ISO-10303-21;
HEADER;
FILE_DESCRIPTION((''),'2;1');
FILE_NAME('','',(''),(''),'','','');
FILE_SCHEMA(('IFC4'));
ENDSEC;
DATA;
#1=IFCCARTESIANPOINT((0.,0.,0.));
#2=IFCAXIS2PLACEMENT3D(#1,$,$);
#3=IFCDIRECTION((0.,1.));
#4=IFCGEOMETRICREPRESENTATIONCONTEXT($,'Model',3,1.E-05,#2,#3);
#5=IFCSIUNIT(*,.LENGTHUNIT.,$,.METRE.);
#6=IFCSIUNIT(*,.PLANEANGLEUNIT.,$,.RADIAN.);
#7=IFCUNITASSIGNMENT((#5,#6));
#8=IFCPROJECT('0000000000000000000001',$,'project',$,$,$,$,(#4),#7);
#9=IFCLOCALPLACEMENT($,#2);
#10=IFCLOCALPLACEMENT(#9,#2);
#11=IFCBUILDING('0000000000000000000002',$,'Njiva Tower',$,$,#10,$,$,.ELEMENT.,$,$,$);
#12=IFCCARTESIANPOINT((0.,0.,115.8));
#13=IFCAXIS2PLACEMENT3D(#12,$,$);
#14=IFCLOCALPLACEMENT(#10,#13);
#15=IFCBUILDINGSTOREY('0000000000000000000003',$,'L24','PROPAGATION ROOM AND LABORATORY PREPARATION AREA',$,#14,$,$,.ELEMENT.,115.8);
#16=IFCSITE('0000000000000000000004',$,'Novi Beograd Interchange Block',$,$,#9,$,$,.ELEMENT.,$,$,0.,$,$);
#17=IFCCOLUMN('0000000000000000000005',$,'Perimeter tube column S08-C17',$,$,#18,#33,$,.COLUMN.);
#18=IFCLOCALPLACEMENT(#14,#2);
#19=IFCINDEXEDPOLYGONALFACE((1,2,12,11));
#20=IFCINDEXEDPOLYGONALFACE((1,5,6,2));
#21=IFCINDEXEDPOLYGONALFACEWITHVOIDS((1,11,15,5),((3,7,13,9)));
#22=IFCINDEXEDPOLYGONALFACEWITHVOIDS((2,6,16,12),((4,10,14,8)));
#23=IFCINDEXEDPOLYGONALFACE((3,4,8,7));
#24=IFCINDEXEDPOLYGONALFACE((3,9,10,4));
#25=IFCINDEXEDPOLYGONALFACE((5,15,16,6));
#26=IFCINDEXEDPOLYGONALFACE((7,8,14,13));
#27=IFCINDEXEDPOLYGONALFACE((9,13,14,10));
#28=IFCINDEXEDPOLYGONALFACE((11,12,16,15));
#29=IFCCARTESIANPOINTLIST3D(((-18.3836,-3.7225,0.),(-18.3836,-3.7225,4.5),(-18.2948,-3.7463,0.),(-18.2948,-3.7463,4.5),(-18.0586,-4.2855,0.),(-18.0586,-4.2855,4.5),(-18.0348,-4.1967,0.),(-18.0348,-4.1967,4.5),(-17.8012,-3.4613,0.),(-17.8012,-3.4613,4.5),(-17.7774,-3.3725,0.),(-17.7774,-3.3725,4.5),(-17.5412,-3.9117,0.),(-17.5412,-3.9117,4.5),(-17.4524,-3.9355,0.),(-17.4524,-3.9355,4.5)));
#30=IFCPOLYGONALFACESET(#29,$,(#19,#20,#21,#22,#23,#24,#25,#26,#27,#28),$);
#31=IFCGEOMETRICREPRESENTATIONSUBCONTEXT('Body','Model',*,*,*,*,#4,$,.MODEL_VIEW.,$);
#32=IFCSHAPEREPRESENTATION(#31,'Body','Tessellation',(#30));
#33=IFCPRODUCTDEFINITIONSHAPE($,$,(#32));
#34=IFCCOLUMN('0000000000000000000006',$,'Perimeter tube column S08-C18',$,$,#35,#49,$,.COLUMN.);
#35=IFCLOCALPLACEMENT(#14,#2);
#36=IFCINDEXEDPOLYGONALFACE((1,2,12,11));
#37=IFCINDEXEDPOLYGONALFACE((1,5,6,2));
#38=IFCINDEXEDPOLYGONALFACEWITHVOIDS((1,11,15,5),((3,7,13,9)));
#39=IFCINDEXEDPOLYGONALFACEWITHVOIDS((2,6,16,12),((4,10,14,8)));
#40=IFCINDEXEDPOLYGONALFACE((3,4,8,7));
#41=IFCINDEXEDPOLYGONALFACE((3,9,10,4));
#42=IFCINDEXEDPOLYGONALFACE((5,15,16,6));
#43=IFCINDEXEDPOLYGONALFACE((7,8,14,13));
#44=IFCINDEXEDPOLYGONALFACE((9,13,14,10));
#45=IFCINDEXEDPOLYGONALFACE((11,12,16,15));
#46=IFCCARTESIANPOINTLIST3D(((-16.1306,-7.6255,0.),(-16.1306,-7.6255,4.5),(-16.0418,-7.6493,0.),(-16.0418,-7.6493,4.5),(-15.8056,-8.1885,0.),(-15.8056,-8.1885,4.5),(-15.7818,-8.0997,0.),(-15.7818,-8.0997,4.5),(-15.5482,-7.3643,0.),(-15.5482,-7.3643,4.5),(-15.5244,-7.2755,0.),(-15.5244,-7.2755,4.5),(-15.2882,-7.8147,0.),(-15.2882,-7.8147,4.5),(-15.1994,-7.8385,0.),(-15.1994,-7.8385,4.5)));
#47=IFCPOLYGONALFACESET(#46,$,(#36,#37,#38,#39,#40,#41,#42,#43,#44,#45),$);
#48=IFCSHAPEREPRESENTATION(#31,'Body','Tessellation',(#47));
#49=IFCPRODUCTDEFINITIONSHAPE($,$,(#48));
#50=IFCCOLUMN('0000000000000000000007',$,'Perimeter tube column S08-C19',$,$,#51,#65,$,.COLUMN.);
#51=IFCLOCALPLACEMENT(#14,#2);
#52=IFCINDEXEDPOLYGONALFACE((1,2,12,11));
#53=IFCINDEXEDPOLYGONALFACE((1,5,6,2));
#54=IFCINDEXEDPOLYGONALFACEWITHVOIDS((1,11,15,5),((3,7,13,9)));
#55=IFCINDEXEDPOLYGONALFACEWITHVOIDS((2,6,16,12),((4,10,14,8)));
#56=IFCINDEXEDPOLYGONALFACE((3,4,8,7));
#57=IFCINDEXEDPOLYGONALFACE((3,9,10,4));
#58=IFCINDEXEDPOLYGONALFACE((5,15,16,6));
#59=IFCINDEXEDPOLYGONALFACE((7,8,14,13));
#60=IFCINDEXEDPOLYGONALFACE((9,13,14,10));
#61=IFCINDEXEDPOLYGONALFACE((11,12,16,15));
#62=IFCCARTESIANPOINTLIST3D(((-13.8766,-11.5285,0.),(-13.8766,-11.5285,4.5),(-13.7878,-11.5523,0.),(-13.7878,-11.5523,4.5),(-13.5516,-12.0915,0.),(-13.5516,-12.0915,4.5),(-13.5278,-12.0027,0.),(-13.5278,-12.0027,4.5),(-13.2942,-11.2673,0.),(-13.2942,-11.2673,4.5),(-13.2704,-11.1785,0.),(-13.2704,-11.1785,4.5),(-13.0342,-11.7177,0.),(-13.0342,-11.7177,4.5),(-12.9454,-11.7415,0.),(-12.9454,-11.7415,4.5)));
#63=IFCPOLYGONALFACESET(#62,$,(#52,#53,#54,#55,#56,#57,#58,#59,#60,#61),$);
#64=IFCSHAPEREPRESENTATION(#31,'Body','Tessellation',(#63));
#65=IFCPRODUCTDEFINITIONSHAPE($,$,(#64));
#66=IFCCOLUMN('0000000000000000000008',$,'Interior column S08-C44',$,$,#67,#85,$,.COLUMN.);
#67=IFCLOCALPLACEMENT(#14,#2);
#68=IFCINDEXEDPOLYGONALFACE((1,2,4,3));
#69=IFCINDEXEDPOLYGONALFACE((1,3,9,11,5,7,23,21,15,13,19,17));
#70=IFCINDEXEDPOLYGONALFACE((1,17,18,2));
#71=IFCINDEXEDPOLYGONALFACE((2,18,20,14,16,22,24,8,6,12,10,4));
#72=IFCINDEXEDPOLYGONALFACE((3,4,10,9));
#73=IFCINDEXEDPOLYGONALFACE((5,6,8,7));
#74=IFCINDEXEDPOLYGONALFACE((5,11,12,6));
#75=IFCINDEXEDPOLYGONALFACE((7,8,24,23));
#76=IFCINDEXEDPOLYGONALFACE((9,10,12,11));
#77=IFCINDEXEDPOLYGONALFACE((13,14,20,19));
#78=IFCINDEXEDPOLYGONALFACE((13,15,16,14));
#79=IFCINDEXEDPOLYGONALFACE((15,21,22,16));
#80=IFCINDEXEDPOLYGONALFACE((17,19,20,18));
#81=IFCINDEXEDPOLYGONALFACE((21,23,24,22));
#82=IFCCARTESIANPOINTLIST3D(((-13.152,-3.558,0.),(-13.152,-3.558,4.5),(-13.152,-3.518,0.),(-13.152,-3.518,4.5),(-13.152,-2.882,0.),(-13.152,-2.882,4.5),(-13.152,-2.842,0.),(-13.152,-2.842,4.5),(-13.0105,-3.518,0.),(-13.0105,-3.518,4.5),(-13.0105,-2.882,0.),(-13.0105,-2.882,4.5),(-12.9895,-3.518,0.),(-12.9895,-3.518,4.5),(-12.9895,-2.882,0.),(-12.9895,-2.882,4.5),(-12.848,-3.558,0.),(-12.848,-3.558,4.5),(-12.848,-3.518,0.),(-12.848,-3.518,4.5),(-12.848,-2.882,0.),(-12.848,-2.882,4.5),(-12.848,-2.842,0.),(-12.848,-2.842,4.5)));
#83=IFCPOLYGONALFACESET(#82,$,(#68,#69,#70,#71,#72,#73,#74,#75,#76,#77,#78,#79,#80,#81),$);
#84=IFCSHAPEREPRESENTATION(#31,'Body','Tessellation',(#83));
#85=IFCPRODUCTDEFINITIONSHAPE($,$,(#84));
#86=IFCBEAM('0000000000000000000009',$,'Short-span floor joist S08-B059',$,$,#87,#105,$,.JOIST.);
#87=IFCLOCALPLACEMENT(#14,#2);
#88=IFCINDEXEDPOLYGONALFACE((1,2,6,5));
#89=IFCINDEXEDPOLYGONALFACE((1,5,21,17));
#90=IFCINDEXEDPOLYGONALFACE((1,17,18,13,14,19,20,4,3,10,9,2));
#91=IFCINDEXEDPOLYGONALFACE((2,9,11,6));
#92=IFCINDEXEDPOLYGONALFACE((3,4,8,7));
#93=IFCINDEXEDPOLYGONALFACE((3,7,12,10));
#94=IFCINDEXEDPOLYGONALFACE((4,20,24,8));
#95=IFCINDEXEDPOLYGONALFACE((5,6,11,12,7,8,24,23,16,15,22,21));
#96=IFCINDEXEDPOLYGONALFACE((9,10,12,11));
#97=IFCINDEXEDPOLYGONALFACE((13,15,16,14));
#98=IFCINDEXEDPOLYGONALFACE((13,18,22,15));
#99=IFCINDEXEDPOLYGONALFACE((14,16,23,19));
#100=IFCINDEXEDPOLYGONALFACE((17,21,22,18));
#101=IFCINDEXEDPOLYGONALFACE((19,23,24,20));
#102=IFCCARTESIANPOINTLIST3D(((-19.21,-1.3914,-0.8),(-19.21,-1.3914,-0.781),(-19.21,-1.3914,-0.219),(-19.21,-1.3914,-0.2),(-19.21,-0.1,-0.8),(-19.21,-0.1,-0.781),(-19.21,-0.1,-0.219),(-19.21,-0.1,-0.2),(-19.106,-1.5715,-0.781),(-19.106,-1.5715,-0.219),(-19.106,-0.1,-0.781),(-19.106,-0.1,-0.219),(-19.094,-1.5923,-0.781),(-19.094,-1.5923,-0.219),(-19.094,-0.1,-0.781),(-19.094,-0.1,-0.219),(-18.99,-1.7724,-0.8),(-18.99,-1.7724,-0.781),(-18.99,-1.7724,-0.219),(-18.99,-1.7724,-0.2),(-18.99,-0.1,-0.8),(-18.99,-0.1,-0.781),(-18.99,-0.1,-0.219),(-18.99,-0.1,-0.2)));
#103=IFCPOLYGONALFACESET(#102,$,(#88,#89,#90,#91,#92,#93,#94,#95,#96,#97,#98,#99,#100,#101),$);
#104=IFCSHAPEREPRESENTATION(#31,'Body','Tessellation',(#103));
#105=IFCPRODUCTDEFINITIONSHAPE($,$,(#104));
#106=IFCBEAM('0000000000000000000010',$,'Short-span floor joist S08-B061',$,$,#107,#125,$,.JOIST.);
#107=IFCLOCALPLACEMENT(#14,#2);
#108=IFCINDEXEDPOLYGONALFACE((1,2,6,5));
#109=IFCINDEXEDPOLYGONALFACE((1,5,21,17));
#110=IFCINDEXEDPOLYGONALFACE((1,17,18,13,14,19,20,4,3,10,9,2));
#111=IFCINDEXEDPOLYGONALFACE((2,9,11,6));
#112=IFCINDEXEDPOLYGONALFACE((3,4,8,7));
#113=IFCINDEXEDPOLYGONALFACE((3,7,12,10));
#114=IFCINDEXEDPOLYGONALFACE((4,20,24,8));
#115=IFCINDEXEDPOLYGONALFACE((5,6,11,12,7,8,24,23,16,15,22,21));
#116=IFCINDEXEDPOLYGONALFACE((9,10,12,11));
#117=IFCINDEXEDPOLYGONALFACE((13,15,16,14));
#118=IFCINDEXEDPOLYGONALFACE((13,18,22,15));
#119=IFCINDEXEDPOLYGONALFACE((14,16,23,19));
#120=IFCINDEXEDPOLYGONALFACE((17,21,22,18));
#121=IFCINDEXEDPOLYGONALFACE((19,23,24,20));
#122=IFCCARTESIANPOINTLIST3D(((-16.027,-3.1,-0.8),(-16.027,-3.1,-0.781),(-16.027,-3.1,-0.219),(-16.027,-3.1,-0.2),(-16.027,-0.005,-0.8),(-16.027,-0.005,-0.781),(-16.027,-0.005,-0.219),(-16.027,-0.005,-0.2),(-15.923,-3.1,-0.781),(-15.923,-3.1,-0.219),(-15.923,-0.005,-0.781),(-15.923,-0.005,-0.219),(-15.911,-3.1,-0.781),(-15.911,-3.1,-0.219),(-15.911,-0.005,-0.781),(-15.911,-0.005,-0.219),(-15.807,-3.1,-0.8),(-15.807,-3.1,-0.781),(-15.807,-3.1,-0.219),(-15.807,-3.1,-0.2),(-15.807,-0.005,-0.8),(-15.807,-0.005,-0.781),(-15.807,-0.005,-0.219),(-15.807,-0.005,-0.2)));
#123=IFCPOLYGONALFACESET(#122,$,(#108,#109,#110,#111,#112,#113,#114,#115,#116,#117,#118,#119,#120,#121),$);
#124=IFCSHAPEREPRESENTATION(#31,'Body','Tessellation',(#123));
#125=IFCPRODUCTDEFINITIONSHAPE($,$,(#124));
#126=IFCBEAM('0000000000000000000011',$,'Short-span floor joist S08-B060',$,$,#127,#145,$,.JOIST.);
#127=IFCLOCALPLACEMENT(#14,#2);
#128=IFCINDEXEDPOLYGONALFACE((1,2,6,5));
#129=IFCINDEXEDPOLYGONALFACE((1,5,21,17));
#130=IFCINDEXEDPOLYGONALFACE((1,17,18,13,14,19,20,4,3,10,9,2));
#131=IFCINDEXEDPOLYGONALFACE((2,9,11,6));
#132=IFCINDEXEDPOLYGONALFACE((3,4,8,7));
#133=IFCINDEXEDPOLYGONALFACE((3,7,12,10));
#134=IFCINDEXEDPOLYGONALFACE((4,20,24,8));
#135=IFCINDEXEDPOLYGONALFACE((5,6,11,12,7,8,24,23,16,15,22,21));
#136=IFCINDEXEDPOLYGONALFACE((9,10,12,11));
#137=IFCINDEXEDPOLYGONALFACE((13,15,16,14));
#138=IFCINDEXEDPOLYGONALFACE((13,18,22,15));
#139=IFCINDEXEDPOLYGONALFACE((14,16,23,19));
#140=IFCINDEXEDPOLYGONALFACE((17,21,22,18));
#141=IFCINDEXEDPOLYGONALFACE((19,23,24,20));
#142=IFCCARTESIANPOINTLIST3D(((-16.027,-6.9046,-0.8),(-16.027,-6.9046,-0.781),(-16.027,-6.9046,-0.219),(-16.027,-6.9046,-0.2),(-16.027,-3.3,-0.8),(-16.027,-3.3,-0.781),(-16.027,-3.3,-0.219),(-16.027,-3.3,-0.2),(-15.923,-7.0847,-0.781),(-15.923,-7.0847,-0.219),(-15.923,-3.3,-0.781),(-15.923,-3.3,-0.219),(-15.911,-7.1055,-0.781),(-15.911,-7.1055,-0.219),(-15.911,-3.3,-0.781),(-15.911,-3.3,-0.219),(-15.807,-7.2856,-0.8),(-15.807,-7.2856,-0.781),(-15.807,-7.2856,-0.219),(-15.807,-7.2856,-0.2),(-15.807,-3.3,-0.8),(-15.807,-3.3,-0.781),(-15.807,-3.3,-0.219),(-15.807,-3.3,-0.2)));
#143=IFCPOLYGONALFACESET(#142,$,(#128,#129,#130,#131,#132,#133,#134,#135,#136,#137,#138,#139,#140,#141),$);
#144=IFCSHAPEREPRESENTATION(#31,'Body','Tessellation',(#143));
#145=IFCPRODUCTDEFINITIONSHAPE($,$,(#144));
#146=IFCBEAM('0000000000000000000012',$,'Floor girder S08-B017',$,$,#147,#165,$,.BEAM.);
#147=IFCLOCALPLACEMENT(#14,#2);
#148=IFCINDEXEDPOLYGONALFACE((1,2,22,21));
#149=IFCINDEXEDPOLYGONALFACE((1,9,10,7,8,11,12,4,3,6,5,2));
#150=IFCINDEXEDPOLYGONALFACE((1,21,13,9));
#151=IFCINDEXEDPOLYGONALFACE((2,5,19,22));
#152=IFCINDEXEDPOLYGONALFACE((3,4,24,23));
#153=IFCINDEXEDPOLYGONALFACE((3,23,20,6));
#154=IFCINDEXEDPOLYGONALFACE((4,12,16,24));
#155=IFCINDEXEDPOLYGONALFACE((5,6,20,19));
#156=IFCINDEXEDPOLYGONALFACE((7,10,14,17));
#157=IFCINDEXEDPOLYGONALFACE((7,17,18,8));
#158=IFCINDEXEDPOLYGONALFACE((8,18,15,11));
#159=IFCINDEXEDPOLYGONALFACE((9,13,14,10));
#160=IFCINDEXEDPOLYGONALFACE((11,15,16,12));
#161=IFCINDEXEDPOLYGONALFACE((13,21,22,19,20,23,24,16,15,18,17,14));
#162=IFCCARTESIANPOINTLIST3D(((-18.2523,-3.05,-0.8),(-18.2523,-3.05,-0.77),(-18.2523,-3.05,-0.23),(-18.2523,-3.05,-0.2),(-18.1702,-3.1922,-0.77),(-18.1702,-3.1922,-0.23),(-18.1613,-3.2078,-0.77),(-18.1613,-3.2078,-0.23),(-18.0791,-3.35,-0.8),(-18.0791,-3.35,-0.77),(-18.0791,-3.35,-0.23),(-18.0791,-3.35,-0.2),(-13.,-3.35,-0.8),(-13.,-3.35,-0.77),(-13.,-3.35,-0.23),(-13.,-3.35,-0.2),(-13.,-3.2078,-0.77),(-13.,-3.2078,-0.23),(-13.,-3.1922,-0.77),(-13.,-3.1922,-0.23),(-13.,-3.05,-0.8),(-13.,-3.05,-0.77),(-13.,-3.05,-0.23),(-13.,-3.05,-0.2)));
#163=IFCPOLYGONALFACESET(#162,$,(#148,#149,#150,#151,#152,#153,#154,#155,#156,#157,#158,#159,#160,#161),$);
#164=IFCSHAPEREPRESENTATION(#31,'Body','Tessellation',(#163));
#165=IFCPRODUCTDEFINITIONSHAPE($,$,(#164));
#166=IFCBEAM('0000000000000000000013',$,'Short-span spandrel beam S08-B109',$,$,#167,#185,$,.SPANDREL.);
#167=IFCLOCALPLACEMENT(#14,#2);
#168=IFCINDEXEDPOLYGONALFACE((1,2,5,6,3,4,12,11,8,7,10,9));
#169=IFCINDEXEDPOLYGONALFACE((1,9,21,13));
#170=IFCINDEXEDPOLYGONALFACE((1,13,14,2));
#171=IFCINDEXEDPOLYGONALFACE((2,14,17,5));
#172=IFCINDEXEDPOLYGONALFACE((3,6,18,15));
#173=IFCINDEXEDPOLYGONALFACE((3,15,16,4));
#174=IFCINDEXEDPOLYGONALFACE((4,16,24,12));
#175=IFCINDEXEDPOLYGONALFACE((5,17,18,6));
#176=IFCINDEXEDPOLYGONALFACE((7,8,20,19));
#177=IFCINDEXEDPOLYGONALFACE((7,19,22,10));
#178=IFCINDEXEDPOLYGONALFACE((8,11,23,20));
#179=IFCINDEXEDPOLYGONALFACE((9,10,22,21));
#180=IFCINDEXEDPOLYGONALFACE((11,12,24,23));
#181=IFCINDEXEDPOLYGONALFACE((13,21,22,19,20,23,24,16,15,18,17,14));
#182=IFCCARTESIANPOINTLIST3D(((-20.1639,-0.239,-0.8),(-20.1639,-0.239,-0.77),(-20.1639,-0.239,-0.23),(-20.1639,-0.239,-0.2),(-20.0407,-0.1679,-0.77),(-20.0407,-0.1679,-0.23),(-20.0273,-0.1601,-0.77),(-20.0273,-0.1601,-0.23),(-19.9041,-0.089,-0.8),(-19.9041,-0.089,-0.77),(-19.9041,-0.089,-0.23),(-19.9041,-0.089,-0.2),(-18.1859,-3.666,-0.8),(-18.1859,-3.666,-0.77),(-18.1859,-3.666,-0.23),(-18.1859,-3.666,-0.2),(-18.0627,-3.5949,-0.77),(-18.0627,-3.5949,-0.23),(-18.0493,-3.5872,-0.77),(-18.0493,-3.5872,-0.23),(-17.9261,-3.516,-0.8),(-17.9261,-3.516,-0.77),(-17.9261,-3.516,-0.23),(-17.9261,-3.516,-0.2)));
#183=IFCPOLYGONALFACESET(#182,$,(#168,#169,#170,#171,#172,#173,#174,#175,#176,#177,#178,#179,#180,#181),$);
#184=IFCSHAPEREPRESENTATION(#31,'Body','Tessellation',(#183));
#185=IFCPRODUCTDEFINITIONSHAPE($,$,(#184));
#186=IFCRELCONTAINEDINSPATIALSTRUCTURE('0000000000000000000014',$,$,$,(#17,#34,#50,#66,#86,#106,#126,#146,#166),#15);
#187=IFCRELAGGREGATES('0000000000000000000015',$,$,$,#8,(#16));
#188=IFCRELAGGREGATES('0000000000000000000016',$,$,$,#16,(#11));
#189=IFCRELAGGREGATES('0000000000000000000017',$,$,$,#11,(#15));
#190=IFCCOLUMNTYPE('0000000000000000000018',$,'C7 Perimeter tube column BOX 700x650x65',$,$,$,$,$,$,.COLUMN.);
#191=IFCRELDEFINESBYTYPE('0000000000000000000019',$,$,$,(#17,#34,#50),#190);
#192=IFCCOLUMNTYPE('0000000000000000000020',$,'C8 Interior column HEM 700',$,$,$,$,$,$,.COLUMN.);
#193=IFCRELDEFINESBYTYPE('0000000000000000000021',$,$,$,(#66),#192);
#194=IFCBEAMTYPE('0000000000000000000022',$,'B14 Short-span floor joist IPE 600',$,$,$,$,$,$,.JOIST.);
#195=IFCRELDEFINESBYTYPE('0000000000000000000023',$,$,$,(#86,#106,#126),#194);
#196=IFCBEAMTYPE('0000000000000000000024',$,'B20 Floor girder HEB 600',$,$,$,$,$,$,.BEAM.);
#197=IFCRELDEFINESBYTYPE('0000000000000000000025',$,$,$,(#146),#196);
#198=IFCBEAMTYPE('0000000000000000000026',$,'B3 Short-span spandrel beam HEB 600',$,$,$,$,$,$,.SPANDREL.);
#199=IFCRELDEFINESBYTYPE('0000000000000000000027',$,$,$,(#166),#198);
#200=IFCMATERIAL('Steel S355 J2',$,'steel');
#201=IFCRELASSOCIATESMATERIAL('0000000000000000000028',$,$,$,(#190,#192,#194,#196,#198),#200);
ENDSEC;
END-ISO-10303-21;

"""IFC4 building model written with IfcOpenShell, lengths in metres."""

from ifc_helpers import new_model, si_unit, direction, frame, origin, origin_2d, place, context, subcontext, project, spatial, hollow_rectangle, i_section, extrude, clip, halfspace, material, material_profile, profile_set, type_object, element, save


model = new_model("IFC4")

# Units and contexts
model_context = context("Model", 3, precision=1e-05, world=origin(), true_north=direction((0.0, 1.0)))
body_context = subcontext(model_context, "Body", "Model", "MODEL_VIEW")
ifc_project = project(units=[si_unit("LENGTHUNIT", "METRE"), si_unit("PLANEANGLEUNIT", "RADIAN")], contexts=[model_context])

# Site, building, storey
site_placement = place(None, origin())
site = spatial("IfcSite", under=ifc_project, at=site_placement, Name="Novi Beograd Interchange Block", CompositionType="ELEMENT", RefElevation=0.0)
building_placement = place(site_placement, origin())
building = spatial("IfcBuilding", under=site, at=building_placement, Name="Njiva Tower", CompositionType="ELEMENT")
storey_placement = place(building_placement, frame((0.0, 0.0, 115.8)))
storey = spatial("IfcBuildingStorey", under=building, at=storey_placement, Name="L24", Description="PROPAGATION ROOM AND LABORATORY PREPARATION AREA", CompositionType="ELEMENT", Elevation=115.8)

# Columns
ifc_material_1 = material(Name="Steel S355 J2", Category="steel")
ifc_material_profile_1 = material_profile(ifc_material_1, hollow_rectangle(XDim=0.65, YDim=0.7, WallThickness=0.065, at=origin_2d()), Name="BOX 700x650x65")
ifc_profile_set_1 = profile_set([ifc_material_profile_1], Name="Steel S355 J2")
column_type_1 = type_object("IfcColumnType", Name="C7 Perimeter tube column BOX 700x650x65", PredefinedType="COLUMN", material=ifc_profile_set_1)
for number, where, z_axis, x_axis, name in (
    (1, (-17.918, -3.829, 0.0), (0.0, 0.0, 1.0), (0.5, -0.866025, 0.0), "Perimeter tube column S08-C17"),
    (2, (-15.665, -7.732, 0.0), (0.0, 0.0, 1.0), (0.5, -0.866025, 0.0), "Perimeter tube column S08-C18"),
    (3, (-13.411, -11.635, 0.0), (0.0, 0.0, 1.0), (0.5, -0.866025, 0.0), "Perimeter tube column S08-C19"),
):
    element("IfcColumn", number, at=place(storey_placement, frame(where, z_axis=z_axis, x_axis=x_axis)), inside=storey, type_object=column_type_1, Name=name, PredefinedType="COLUMN", context=body_context, shape_type="SweptSolid", body=[
        extrude(hollow_rectangle(XDim=0.65, YDim=0.7, WallThickness=0.065, at=origin_2d()), origin(), (0.0, 0.0, 1.0), 4.5),
    ])
ifc_material_profile_2 = material_profile(ifc_material_1, i_section(OverallWidth=0.304, OverallDepth=0.716, WebThickness=0.021, FlangeThickness=0.04, at=origin_2d()), Name="HEM 700")
ifc_profile_set_2 = profile_set([ifc_material_profile_2], Name="Steel S355 J2")
column_type_2 = type_object("IfcColumnType", Name="C8 Interior column HEM 700", PredefinedType="COLUMN", material=ifc_profile_set_2)
column_placement = place(storey_placement, frame((-13.0, -3.2, 0.0), z_axis=(0.0, 0.0, 1.0), x_axis=(1.0, 0.0, 0.0)))
element("IfcColumn", 4, at=column_placement, inside=storey, type_object=column_type_2, Name="Interior column S08-C44", PredefinedType="COLUMN", context=body_context, shape_type="SweptSolid", body=[
    extrude(i_section(OverallWidth=0.304, OverallDepth=0.716, WebThickness=0.021, FlangeThickness=0.04, at=origin_2d()), origin(), (0.0, 0.0, 1.0), 4.5),
])

# Beams
ifc_material_profile_3 = material_profile(ifc_material_1, i_section(OverallWidth=0.22, OverallDepth=0.6, WebThickness=0.012, FlangeThickness=0.019, at=origin_2d()), Name="IPE 600")
ifc_profile_set_3 = profile_set([ifc_material_profile_3], Name="Steel S355 J2")
beam_type_1 = type_object("IfcBeamType", Name="B14 Short-span floor joist IPE 600", PredefinedType="JOIST", material=ifc_profile_set_3)
beam_1_placement = place(storey_placement, frame((-19.1, -0.1, -0.5), z_axis=(0.0, -1.0, 0.0), x_axis=(1.0, 0.0, 0.0)))
element("IfcBeam", 5, at=beam_1_placement, inside=storey, type_object=beam_type_1, Name="Short-span floor joist S08-B059", PredefinedType="JOIST", context=body_context, shape_type="Clipping", body=[
    clip(extrude(i_section(OverallWidth=0.22, OverallDepth=0.6, WebThickness=0.012, FlangeThickness=0.019, at=origin_2d()), origin(), (0.0, 0.0, 1.0), 1.693), halfspace(frame((-0.0433, 0.0, 1.4069), z_axis=(-0.866027, 0.0, 0.499998), x_axis=(0.0, 1.0, 0.0)), False)),
])
beam_2_placement = place(storey_placement, frame((-15.917, -0.005, -0.5), z_axis=(0.0, -1.0, 0.0), x_axis=(1.0, 0.0, 0.0)))
element("IfcBeam", 6, at=beam_2_placement, inside=storey, type_object=beam_type_1, Name="Short-span floor joist S08-B061", PredefinedType="JOIST", context=body_context, shape_type="SweptSolid", body=[
    extrude(i_section(OverallWidth=0.22, OverallDepth=0.6, WebThickness=0.012, FlangeThickness=0.019, at=origin_2d()), origin(), (0.0, 0.0, 1.0), 3.095),
])
beam_3_placement = place(storey_placement, frame((-15.917, -3.3, -0.5), z_axis=(0.0, -1.0, 0.0), x_axis=(1.0, 0.0, 0.0)))
element("IfcBeam", 7, at=beam_3_placement, inside=storey, type_object=beam_type_1, Name="Short-span floor joist S08-B060", PredefinedType="JOIST", context=body_context, shape_type="Clipping", body=[
    clip(extrude(i_section(OverallWidth=0.22, OverallDepth=0.6, WebThickness=0.012, FlangeThickness=0.019, at=origin_2d()), origin(), (0.0, 0.0, 1.0), 4.007), halfspace(frame((-0.043, 0.0, 3.7206), z_axis=(-0.866027, 0.0, 0.499998), x_axis=(0.0, 1.0, 0.0)), False)),
])
ifc_material_profile_4 = material_profile(ifc_material_1, i_section(OverallWidth=0.3, OverallDepth=0.6, WebThickness=0.0155, FlangeThickness=0.03, at=origin_2d()), Name="HEB 600")
ifc_profile_set_4 = profile_set([ifc_material_profile_4], Name="Steel S355 J2")
beam_type_2 = type_object("IfcBeamType", Name="B20 Floor girder HEB 600", PredefinedType="BEAM", material=ifc_profile_set_4)
beam_4_placement = place(storey_placement, frame((-18.273, -3.2, -0.5), z_axis=(1.0, 0.0, 0.0), x_axis=(0.0, 1.0, 0.0)))
element("IfcBeam", 8, at=beam_4_placement, inside=storey, type_object=beam_type_2, Name="Floor girder S08-B017", PredefinedType="BEAM", context=body_context, shape_type="Clipping", body=[
    clip(extrude(i_section(OverallWidth=0.3, OverallDepth=0.6, WebThickness=0.0155, FlangeThickness=0.03, at=origin_2d()), origin(), (0.0, 0.0, 1.0), 5.273), halfspace(frame((-0.025, 0.0, 0.1217), z_axis=(-0.499998, 0.0, -0.866027), x_axis=(0.0, -1.0, 0.0)), False)),
])
ifc_material_profile_5 = material_profile(ifc_material_1, i_section(OverallWidth=0.3, OverallDepth=0.6, WebThickness=0.0155, FlangeThickness=0.03, at=origin_2d()), Name="HEB 600")
ifc_profile_set_5 = profile_set([ifc_material_profile_5], Name="Steel S355 J2")
beam_type_3 = type_object("IfcBeamType", Name="B3 Short-span spandrel beam HEB 600", PredefinedType="SPANDREL", material=ifc_profile_set_5)
beam_5_placement = place(storey_placement, frame((-20.034, -0.164, -0.5), z_axis=(0.49989, -0.866089, 0.0), x_axis=(0.866089, 0.49989, 0.0)))
element("IfcBeam", 9, at=beam_5_placement, inside=storey, type_object=beam_type_3, Name="Short-span spandrel beam S08-B109", PredefinedType="SPANDREL", context=body_context, shape_type="SweptSolid", body=[
    extrude(i_section(OverallWidth=0.3, OverallDepth=0.6, WebThickness=0.0155, FlangeThickness=0.03, at=origin_2d()), origin(), (0.0, 0.0, 1.0), 3.9569),
])

save(model, "model.ifc")
